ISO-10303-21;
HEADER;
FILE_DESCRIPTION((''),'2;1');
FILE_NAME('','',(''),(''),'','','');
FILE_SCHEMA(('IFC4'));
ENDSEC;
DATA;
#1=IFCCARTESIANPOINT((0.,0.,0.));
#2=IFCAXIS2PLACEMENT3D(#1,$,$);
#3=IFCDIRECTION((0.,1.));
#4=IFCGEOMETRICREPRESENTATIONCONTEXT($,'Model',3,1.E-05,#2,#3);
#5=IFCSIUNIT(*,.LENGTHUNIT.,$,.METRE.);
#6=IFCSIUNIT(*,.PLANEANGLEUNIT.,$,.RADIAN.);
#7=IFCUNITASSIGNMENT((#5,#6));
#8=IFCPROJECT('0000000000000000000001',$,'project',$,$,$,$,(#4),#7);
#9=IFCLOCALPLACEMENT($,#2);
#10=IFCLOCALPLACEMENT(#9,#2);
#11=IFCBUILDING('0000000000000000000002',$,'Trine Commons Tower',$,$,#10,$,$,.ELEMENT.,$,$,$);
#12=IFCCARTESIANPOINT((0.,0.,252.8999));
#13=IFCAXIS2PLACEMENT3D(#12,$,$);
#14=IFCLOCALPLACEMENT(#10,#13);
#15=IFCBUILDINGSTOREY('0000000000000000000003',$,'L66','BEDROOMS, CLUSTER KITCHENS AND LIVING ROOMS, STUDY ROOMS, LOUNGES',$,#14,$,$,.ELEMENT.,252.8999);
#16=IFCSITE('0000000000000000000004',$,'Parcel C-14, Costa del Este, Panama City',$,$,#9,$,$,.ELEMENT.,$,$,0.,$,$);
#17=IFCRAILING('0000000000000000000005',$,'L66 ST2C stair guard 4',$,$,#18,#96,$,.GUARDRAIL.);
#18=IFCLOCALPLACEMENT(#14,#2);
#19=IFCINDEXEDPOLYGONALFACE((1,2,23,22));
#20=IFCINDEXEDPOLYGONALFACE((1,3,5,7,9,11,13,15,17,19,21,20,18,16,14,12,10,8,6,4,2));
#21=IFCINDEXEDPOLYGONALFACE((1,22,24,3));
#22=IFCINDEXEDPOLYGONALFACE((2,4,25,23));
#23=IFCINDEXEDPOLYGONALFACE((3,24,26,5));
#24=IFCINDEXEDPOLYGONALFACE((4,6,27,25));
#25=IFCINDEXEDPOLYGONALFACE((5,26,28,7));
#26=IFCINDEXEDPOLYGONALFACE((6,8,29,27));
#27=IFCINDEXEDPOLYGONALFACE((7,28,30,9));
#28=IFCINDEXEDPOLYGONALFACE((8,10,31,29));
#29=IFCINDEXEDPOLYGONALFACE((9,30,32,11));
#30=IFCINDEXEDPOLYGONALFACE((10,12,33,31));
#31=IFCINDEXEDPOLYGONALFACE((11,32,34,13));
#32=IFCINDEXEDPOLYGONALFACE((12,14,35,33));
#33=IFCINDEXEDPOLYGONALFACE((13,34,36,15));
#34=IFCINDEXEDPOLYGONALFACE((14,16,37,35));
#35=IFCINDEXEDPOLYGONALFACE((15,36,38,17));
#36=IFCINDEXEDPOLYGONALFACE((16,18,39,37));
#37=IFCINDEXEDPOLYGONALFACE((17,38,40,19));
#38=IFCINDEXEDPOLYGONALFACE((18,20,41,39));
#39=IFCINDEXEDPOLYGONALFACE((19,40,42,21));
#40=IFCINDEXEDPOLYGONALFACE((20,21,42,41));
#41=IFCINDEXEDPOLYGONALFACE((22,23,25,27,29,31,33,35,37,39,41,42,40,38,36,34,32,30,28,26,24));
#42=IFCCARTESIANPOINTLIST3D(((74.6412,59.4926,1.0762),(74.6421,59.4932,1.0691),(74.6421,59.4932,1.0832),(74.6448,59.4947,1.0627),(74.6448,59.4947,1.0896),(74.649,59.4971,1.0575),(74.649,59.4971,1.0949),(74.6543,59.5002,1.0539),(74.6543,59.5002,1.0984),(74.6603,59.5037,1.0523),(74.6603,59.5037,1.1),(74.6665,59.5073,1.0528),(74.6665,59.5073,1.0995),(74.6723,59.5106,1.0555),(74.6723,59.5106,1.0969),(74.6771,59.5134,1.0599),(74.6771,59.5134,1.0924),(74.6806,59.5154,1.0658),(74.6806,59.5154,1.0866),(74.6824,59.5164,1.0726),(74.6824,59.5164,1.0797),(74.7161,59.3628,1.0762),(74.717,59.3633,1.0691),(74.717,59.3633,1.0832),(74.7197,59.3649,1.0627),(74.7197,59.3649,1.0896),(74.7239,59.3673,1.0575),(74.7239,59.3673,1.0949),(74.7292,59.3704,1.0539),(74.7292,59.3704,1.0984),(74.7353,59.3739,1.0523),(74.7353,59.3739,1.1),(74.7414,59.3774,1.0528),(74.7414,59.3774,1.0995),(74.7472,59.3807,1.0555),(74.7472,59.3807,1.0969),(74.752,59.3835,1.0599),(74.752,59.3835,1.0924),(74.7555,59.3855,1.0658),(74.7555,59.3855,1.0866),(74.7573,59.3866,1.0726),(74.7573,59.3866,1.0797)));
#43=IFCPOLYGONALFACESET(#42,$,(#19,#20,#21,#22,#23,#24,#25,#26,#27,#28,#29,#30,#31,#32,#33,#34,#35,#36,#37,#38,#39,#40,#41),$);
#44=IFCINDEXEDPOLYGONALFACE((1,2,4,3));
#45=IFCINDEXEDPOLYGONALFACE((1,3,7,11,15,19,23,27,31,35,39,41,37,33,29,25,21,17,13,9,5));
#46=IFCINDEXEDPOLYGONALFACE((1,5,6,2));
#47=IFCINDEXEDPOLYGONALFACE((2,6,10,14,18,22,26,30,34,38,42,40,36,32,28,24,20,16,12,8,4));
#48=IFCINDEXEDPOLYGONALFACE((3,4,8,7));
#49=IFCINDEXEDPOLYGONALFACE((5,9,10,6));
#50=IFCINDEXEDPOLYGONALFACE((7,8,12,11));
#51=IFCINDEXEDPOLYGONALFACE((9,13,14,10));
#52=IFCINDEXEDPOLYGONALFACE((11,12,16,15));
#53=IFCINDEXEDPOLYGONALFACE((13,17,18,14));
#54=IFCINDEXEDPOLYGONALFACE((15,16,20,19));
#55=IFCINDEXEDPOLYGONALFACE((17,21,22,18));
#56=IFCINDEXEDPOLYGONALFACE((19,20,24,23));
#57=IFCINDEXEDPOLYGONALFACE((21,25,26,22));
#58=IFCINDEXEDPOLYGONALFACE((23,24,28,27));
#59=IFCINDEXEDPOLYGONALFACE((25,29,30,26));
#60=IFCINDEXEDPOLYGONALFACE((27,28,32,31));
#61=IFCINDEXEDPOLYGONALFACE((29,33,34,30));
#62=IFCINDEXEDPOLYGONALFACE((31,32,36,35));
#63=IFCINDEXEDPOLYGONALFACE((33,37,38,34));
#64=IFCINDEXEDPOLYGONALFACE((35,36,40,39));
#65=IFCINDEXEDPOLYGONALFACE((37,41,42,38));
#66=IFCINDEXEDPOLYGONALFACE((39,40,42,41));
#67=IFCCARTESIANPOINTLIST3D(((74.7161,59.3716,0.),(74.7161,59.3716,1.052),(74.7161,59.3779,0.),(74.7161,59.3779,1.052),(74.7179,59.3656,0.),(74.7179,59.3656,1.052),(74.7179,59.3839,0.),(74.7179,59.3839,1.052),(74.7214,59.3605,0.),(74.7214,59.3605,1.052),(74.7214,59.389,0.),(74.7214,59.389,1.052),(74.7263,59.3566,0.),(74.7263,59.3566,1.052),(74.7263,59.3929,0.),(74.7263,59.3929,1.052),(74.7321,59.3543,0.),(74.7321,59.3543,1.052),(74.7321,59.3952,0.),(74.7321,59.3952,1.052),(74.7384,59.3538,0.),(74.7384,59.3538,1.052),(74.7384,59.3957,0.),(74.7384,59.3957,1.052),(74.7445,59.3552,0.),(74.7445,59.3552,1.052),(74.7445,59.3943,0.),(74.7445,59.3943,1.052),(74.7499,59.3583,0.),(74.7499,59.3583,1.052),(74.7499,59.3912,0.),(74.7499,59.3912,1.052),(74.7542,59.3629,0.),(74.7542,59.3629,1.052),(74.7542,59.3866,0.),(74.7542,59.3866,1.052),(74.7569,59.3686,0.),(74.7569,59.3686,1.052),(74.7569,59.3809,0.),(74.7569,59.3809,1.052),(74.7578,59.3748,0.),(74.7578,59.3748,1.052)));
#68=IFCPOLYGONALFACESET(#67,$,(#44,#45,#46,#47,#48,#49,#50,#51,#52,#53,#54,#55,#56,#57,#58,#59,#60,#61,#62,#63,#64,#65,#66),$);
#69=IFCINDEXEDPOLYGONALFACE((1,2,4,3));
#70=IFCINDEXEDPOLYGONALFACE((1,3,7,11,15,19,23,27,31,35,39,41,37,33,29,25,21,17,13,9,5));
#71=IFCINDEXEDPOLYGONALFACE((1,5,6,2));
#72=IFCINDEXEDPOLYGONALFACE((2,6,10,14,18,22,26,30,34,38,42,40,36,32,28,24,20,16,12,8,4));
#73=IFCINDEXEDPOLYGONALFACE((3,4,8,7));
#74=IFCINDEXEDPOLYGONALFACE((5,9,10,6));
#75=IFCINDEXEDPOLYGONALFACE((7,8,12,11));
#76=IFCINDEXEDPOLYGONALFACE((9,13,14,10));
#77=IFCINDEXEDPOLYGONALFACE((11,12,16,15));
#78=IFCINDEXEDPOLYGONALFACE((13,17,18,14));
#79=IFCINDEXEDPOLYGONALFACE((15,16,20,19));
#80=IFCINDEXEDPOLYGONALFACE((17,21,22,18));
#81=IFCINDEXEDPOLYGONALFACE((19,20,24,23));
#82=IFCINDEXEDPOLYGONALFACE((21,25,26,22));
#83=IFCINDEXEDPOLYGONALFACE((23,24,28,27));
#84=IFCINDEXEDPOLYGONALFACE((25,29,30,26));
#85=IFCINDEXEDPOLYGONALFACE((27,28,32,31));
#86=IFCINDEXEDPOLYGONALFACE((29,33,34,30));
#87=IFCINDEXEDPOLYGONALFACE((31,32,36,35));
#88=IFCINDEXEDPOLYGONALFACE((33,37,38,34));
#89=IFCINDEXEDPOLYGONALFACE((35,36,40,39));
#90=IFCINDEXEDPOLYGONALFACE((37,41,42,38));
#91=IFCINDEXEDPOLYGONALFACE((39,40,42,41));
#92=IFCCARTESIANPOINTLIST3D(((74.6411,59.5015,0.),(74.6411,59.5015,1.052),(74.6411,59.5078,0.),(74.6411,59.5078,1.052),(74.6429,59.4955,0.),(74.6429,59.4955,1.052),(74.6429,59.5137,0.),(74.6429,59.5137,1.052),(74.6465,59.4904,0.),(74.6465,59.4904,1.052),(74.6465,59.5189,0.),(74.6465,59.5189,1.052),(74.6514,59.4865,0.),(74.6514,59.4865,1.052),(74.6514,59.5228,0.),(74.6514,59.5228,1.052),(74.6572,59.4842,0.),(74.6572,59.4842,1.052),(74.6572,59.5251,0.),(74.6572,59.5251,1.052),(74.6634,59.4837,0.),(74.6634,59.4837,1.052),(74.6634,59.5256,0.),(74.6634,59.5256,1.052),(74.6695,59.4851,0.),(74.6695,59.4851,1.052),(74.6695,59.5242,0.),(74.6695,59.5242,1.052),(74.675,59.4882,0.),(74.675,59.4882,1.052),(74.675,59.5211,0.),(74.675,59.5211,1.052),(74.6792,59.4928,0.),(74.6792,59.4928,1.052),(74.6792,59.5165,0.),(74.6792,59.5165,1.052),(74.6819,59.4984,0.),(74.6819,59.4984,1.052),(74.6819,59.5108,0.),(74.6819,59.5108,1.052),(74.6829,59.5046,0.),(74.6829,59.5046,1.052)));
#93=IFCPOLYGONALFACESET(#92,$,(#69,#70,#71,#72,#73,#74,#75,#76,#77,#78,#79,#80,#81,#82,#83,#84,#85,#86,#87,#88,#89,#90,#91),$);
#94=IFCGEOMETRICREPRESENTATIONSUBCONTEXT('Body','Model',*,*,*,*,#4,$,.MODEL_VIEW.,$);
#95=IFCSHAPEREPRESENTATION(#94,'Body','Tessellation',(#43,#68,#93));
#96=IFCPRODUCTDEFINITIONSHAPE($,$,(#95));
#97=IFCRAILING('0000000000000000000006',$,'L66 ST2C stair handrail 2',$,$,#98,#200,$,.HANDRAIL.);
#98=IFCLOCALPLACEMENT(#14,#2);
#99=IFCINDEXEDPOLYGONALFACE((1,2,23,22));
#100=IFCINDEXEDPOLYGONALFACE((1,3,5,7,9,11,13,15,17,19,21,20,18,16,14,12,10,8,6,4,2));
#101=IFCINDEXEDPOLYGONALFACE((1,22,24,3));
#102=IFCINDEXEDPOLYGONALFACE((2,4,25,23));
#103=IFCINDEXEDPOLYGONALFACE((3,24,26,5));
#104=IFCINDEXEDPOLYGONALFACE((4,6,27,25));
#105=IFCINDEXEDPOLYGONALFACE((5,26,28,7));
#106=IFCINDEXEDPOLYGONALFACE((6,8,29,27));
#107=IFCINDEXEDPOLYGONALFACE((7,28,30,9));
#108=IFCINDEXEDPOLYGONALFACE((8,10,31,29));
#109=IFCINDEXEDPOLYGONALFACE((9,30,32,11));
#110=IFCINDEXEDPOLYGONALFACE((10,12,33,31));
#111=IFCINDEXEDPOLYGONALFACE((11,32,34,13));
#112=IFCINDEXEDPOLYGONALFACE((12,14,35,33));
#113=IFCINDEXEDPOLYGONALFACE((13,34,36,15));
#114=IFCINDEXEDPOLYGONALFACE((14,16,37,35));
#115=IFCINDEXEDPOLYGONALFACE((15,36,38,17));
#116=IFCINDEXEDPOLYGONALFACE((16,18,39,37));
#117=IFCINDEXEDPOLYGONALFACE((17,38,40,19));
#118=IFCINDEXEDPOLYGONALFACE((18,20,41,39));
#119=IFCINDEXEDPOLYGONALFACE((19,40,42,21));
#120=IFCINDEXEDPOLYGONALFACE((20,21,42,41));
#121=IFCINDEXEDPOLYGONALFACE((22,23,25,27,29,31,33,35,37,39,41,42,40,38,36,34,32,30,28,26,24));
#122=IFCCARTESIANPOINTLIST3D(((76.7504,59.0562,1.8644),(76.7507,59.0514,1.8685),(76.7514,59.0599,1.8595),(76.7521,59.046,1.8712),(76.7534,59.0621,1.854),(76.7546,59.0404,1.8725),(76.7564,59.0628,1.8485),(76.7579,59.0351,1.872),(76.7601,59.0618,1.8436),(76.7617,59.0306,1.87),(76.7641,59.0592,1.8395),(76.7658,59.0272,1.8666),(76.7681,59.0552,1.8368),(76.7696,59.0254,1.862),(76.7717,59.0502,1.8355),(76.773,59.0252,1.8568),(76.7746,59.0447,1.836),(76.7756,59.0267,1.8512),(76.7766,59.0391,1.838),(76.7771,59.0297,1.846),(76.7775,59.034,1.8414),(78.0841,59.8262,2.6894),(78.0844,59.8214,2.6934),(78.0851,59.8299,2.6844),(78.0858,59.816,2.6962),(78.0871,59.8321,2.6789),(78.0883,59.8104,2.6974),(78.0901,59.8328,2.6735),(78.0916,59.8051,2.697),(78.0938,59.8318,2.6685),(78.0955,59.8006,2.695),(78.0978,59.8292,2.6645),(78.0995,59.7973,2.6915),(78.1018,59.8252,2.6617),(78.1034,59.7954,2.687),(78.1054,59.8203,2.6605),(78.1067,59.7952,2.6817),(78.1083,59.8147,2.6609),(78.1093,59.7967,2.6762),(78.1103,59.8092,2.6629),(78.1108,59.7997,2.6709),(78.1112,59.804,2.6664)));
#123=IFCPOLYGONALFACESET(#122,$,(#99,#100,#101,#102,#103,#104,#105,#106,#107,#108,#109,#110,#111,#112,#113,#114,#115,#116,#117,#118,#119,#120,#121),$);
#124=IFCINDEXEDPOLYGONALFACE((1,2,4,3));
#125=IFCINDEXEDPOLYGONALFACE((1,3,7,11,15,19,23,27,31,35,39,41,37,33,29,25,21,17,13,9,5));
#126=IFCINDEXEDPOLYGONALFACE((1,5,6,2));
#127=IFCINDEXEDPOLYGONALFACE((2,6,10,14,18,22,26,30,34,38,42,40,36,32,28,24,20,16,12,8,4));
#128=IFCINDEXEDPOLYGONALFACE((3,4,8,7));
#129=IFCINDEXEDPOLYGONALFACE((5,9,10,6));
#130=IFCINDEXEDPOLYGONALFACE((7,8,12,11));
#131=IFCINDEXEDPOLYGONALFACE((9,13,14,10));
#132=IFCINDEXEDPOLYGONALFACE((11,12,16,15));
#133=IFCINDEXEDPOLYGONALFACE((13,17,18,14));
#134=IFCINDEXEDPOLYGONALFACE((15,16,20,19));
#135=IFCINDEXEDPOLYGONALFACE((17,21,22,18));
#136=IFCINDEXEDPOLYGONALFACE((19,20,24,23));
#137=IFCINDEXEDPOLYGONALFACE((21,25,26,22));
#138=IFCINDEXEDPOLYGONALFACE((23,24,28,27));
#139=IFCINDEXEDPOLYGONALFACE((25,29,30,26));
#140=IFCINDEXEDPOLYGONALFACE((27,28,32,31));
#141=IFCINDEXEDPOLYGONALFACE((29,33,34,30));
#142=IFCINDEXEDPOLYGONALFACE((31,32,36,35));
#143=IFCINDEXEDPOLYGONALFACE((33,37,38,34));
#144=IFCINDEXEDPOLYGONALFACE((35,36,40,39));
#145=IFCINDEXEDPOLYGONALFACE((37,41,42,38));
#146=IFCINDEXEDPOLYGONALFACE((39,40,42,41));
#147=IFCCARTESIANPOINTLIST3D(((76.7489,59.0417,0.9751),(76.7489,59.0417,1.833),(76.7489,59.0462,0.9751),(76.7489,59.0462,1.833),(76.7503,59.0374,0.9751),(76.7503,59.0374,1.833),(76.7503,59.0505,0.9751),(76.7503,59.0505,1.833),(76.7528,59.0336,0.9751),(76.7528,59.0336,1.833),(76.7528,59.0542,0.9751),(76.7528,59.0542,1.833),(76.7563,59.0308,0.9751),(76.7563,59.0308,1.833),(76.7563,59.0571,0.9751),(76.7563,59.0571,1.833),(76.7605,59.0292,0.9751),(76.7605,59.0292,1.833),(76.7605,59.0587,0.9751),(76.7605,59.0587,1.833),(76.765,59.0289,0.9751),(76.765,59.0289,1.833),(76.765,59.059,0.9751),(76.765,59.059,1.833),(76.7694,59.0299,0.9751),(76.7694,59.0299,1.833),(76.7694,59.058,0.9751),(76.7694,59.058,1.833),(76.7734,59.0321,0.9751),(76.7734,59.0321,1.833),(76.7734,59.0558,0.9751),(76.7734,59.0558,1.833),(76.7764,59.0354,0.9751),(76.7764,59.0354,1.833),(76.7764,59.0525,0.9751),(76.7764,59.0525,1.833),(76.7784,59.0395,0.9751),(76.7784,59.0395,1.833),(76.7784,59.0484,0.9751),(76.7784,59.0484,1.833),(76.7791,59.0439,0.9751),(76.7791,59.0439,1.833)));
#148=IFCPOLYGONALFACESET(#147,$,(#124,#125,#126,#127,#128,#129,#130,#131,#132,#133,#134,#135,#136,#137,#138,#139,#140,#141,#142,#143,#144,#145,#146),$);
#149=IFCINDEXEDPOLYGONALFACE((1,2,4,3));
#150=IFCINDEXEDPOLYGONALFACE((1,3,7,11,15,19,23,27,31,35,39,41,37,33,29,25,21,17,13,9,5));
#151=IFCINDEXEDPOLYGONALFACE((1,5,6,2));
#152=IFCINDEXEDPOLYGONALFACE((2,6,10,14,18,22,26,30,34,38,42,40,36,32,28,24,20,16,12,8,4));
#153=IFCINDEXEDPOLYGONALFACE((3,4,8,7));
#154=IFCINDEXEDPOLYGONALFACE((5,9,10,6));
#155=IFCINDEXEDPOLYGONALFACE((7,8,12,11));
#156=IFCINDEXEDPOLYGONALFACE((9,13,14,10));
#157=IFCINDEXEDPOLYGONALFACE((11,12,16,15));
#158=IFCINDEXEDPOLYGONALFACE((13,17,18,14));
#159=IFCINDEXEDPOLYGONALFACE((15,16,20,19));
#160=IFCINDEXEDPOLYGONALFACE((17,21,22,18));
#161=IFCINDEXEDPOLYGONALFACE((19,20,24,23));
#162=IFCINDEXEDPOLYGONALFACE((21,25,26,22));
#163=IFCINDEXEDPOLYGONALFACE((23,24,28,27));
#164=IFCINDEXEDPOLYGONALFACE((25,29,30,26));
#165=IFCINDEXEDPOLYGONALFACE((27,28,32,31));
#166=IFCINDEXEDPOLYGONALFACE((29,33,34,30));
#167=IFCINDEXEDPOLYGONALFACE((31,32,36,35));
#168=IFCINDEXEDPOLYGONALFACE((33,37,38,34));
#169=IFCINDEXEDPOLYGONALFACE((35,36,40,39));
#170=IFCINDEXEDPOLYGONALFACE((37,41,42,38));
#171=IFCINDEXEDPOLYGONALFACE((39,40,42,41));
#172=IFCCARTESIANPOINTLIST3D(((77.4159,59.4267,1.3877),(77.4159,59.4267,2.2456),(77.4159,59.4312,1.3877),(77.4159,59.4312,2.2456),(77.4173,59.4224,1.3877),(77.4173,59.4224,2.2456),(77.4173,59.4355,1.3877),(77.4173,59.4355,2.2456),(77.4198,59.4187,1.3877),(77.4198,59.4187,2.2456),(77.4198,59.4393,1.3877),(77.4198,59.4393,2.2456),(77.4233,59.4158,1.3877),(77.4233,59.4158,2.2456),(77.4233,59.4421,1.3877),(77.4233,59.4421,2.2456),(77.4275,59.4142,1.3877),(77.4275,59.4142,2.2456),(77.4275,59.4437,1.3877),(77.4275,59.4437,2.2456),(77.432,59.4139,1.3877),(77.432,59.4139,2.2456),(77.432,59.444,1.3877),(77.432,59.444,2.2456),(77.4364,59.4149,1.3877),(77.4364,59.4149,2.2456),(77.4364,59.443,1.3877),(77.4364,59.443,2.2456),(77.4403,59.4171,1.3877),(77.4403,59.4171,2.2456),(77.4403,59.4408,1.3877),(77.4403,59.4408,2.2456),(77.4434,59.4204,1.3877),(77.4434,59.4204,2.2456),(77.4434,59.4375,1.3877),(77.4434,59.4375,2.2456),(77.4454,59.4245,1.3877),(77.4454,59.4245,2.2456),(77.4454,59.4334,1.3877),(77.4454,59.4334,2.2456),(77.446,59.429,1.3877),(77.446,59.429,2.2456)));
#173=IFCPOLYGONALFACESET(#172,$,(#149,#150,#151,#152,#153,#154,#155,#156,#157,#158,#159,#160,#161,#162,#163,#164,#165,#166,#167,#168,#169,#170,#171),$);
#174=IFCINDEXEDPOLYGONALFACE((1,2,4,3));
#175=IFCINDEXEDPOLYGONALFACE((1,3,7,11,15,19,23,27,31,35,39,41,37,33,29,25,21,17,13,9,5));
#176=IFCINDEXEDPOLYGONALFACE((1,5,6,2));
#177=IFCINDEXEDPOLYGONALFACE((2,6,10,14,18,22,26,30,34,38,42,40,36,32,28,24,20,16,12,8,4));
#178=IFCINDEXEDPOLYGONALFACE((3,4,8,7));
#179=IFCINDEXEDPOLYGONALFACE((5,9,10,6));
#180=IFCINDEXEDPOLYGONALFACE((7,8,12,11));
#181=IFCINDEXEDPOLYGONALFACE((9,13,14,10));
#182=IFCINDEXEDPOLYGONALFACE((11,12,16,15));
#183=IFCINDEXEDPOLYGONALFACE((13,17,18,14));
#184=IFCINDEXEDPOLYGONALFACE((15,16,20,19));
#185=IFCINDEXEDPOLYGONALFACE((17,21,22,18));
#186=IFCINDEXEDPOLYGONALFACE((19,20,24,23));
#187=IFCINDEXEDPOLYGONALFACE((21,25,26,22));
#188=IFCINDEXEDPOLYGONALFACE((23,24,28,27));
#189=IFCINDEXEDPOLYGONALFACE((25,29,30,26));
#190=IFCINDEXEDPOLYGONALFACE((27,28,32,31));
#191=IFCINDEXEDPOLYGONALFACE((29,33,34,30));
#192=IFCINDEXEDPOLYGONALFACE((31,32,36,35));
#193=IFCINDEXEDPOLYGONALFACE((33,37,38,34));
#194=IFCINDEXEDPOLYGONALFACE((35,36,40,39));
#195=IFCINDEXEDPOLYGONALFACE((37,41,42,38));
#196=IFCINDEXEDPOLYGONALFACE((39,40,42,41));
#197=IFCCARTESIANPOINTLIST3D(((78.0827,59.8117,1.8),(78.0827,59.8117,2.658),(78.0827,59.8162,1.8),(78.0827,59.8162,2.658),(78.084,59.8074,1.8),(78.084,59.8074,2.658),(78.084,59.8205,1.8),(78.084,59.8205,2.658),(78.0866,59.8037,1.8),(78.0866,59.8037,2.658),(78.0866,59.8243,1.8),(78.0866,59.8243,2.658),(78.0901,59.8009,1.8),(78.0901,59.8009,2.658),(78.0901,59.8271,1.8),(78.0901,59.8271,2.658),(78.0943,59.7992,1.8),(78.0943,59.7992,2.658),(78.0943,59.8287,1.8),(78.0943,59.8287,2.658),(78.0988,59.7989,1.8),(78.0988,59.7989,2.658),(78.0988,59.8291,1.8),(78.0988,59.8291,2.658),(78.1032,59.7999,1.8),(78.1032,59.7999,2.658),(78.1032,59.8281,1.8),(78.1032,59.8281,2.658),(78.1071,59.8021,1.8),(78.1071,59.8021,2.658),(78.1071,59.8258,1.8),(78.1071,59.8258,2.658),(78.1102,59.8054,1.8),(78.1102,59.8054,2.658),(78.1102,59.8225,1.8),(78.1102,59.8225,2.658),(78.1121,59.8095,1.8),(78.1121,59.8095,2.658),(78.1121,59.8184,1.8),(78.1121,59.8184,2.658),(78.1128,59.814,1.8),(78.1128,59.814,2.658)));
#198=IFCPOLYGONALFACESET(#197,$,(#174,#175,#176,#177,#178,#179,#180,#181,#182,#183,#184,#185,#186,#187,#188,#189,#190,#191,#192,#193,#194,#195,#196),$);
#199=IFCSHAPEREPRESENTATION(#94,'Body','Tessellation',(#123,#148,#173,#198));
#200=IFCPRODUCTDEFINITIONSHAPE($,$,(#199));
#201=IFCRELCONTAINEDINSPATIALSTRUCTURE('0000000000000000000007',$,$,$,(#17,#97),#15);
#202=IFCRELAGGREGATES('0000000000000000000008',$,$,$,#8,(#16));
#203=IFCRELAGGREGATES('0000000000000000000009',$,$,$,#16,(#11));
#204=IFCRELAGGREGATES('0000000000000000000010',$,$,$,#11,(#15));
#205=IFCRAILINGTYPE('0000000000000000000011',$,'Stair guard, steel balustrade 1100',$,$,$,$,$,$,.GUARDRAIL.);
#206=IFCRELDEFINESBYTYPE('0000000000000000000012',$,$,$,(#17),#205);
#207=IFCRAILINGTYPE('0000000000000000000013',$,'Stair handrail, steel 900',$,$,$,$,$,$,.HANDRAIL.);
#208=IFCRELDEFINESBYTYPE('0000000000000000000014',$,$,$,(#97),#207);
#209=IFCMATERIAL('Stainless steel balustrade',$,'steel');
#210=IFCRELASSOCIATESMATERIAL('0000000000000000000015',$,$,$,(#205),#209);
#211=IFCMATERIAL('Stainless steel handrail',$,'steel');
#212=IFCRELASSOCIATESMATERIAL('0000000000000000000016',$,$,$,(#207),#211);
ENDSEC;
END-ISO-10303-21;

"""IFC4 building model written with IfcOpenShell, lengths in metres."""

from ifc_helpers import new_model, si_unit, direction, frame, origin, origin_2d, place, context, subcontext, project, spatial, circle, extrude, material, type_object, element, save


model = new_model("IFC4")

# Units and contexts
model_context = context("Model", 3, precision=1e-05, world=origin(), true_north=direction((0.0, 1.0)))
body_context = subcontext(model_context, "Body", "Model", "MODEL_VIEW")
ifc_project = project(units=[si_unit("LENGTHUNIT", "METRE"), si_unit("PLANEANGLEUNIT", "RADIAN")], contexts=[model_context])

# Site, building, storey
site_placement = place(None, origin())
site = spatial("IfcSite", under=ifc_project, at=site_placement, Name="Parcel C-14, Costa del Este, Panama City", CompositionType="ELEMENT", RefElevation=0.0)
building_placement = place(site_placement, origin())
building = spatial("IfcBuilding", under=site, at=building_placement, Name="Trine Commons Tower", CompositionType="ELEMENT")
storey_placement = place(building_placement, frame((0.0, 0.0, 252.8999)))
storey = spatial("IfcBuildingStorey", under=building, at=storey_placement, Name="L66", Description="BEDROOMS, CLUSTER KITCHENS AND LIVING ROOMS, STUDY ROOMS, LOUNGES", CompositionType="ELEMENT", Elevation=252.8999)

# Railings
ifc_material_1 = material(Name="Stainless steel balustrade", Category="steel")
railing_type_1 = type_object("IfcRailingType", Name="Stair guard, steel balustrade 1100", PredefinedType="GUARDRAIL", material=ifc_material_1)
railing_1_placement = place(storey_placement, frame((74.7368, 59.3748, 0.0)))
element("IfcRailing", 1, at=railing_1_placement, inside=storey, type_object=railing_type_1, Name="L66 ST2C stair guard 4", PredefinedType="GUARDRAIL", context=body_context, shape_type="SweptSolid", body=[
    extrude(circle(Radius=0.0239, at=origin_2d()), frame((0.0, 0.0, 1.0762), z_axis=(-0.499816, 0.866131, 0.0), x_axis=(-0.866131, -0.499816, 0.0)), (0.0, 0.0, 1.0), 0.1499),
    extrude(circle(Radius=0.021, at=origin_2d()), origin(), (0.0, 0.0, 1.0), 1.052),
    extrude(circle(Radius=0.021, at=origin_2d()), frame((-0.075, 0.1299, 0.0)), (0.0, 0.0, 1.0), 1.052),
])
ifc_material_2 = material(Name="Stainless steel handrail", Category="steel")
railing_type_2 = type_object("IfcRailingType", Name="Stair handrail, steel 900", PredefinedType="HANDRAIL", material=ifc_material_2)
railing_2_placement = place(storey_placement, frame((76.7639, 59.0439, 0.9751)))
element("IfcRailing", 2, at=railing_2_placement, inside=storey, type_object=railing_type_2, Name="L66 ST2C stair handrail 2", PredefinedType="HANDRAIL", context=body_context, shape_type="SweptSolid", body=[
    extrude(circle(Radius=0.021, at=origin_2d()), frame((0.0, 0.0, 0.8789), z_axis=(0.763405, 0.440743, 0.472185), x_axis=(-0.499992, 0.86603, 0.0)), (0.0, 0.0, 1.0), 1.7471),
    extrude(circle(Radius=0.0151, at=origin_2d()), origin(), (0.0, 0.0, 1.0), 0.8579),
    extrude(circle(Radius=0.0151, at=origin_2d()), frame((0.667, 0.385, 0.4126)), (0.0, 0.0, 1.0), 0.8579),
    extrude(circle(Radius=0.0151, at=origin_2d()), frame((1.3337, 0.77, 0.825)), (0.0, 0.0, 1.0), 0.8579),
])

save(model, "model.ifc")
